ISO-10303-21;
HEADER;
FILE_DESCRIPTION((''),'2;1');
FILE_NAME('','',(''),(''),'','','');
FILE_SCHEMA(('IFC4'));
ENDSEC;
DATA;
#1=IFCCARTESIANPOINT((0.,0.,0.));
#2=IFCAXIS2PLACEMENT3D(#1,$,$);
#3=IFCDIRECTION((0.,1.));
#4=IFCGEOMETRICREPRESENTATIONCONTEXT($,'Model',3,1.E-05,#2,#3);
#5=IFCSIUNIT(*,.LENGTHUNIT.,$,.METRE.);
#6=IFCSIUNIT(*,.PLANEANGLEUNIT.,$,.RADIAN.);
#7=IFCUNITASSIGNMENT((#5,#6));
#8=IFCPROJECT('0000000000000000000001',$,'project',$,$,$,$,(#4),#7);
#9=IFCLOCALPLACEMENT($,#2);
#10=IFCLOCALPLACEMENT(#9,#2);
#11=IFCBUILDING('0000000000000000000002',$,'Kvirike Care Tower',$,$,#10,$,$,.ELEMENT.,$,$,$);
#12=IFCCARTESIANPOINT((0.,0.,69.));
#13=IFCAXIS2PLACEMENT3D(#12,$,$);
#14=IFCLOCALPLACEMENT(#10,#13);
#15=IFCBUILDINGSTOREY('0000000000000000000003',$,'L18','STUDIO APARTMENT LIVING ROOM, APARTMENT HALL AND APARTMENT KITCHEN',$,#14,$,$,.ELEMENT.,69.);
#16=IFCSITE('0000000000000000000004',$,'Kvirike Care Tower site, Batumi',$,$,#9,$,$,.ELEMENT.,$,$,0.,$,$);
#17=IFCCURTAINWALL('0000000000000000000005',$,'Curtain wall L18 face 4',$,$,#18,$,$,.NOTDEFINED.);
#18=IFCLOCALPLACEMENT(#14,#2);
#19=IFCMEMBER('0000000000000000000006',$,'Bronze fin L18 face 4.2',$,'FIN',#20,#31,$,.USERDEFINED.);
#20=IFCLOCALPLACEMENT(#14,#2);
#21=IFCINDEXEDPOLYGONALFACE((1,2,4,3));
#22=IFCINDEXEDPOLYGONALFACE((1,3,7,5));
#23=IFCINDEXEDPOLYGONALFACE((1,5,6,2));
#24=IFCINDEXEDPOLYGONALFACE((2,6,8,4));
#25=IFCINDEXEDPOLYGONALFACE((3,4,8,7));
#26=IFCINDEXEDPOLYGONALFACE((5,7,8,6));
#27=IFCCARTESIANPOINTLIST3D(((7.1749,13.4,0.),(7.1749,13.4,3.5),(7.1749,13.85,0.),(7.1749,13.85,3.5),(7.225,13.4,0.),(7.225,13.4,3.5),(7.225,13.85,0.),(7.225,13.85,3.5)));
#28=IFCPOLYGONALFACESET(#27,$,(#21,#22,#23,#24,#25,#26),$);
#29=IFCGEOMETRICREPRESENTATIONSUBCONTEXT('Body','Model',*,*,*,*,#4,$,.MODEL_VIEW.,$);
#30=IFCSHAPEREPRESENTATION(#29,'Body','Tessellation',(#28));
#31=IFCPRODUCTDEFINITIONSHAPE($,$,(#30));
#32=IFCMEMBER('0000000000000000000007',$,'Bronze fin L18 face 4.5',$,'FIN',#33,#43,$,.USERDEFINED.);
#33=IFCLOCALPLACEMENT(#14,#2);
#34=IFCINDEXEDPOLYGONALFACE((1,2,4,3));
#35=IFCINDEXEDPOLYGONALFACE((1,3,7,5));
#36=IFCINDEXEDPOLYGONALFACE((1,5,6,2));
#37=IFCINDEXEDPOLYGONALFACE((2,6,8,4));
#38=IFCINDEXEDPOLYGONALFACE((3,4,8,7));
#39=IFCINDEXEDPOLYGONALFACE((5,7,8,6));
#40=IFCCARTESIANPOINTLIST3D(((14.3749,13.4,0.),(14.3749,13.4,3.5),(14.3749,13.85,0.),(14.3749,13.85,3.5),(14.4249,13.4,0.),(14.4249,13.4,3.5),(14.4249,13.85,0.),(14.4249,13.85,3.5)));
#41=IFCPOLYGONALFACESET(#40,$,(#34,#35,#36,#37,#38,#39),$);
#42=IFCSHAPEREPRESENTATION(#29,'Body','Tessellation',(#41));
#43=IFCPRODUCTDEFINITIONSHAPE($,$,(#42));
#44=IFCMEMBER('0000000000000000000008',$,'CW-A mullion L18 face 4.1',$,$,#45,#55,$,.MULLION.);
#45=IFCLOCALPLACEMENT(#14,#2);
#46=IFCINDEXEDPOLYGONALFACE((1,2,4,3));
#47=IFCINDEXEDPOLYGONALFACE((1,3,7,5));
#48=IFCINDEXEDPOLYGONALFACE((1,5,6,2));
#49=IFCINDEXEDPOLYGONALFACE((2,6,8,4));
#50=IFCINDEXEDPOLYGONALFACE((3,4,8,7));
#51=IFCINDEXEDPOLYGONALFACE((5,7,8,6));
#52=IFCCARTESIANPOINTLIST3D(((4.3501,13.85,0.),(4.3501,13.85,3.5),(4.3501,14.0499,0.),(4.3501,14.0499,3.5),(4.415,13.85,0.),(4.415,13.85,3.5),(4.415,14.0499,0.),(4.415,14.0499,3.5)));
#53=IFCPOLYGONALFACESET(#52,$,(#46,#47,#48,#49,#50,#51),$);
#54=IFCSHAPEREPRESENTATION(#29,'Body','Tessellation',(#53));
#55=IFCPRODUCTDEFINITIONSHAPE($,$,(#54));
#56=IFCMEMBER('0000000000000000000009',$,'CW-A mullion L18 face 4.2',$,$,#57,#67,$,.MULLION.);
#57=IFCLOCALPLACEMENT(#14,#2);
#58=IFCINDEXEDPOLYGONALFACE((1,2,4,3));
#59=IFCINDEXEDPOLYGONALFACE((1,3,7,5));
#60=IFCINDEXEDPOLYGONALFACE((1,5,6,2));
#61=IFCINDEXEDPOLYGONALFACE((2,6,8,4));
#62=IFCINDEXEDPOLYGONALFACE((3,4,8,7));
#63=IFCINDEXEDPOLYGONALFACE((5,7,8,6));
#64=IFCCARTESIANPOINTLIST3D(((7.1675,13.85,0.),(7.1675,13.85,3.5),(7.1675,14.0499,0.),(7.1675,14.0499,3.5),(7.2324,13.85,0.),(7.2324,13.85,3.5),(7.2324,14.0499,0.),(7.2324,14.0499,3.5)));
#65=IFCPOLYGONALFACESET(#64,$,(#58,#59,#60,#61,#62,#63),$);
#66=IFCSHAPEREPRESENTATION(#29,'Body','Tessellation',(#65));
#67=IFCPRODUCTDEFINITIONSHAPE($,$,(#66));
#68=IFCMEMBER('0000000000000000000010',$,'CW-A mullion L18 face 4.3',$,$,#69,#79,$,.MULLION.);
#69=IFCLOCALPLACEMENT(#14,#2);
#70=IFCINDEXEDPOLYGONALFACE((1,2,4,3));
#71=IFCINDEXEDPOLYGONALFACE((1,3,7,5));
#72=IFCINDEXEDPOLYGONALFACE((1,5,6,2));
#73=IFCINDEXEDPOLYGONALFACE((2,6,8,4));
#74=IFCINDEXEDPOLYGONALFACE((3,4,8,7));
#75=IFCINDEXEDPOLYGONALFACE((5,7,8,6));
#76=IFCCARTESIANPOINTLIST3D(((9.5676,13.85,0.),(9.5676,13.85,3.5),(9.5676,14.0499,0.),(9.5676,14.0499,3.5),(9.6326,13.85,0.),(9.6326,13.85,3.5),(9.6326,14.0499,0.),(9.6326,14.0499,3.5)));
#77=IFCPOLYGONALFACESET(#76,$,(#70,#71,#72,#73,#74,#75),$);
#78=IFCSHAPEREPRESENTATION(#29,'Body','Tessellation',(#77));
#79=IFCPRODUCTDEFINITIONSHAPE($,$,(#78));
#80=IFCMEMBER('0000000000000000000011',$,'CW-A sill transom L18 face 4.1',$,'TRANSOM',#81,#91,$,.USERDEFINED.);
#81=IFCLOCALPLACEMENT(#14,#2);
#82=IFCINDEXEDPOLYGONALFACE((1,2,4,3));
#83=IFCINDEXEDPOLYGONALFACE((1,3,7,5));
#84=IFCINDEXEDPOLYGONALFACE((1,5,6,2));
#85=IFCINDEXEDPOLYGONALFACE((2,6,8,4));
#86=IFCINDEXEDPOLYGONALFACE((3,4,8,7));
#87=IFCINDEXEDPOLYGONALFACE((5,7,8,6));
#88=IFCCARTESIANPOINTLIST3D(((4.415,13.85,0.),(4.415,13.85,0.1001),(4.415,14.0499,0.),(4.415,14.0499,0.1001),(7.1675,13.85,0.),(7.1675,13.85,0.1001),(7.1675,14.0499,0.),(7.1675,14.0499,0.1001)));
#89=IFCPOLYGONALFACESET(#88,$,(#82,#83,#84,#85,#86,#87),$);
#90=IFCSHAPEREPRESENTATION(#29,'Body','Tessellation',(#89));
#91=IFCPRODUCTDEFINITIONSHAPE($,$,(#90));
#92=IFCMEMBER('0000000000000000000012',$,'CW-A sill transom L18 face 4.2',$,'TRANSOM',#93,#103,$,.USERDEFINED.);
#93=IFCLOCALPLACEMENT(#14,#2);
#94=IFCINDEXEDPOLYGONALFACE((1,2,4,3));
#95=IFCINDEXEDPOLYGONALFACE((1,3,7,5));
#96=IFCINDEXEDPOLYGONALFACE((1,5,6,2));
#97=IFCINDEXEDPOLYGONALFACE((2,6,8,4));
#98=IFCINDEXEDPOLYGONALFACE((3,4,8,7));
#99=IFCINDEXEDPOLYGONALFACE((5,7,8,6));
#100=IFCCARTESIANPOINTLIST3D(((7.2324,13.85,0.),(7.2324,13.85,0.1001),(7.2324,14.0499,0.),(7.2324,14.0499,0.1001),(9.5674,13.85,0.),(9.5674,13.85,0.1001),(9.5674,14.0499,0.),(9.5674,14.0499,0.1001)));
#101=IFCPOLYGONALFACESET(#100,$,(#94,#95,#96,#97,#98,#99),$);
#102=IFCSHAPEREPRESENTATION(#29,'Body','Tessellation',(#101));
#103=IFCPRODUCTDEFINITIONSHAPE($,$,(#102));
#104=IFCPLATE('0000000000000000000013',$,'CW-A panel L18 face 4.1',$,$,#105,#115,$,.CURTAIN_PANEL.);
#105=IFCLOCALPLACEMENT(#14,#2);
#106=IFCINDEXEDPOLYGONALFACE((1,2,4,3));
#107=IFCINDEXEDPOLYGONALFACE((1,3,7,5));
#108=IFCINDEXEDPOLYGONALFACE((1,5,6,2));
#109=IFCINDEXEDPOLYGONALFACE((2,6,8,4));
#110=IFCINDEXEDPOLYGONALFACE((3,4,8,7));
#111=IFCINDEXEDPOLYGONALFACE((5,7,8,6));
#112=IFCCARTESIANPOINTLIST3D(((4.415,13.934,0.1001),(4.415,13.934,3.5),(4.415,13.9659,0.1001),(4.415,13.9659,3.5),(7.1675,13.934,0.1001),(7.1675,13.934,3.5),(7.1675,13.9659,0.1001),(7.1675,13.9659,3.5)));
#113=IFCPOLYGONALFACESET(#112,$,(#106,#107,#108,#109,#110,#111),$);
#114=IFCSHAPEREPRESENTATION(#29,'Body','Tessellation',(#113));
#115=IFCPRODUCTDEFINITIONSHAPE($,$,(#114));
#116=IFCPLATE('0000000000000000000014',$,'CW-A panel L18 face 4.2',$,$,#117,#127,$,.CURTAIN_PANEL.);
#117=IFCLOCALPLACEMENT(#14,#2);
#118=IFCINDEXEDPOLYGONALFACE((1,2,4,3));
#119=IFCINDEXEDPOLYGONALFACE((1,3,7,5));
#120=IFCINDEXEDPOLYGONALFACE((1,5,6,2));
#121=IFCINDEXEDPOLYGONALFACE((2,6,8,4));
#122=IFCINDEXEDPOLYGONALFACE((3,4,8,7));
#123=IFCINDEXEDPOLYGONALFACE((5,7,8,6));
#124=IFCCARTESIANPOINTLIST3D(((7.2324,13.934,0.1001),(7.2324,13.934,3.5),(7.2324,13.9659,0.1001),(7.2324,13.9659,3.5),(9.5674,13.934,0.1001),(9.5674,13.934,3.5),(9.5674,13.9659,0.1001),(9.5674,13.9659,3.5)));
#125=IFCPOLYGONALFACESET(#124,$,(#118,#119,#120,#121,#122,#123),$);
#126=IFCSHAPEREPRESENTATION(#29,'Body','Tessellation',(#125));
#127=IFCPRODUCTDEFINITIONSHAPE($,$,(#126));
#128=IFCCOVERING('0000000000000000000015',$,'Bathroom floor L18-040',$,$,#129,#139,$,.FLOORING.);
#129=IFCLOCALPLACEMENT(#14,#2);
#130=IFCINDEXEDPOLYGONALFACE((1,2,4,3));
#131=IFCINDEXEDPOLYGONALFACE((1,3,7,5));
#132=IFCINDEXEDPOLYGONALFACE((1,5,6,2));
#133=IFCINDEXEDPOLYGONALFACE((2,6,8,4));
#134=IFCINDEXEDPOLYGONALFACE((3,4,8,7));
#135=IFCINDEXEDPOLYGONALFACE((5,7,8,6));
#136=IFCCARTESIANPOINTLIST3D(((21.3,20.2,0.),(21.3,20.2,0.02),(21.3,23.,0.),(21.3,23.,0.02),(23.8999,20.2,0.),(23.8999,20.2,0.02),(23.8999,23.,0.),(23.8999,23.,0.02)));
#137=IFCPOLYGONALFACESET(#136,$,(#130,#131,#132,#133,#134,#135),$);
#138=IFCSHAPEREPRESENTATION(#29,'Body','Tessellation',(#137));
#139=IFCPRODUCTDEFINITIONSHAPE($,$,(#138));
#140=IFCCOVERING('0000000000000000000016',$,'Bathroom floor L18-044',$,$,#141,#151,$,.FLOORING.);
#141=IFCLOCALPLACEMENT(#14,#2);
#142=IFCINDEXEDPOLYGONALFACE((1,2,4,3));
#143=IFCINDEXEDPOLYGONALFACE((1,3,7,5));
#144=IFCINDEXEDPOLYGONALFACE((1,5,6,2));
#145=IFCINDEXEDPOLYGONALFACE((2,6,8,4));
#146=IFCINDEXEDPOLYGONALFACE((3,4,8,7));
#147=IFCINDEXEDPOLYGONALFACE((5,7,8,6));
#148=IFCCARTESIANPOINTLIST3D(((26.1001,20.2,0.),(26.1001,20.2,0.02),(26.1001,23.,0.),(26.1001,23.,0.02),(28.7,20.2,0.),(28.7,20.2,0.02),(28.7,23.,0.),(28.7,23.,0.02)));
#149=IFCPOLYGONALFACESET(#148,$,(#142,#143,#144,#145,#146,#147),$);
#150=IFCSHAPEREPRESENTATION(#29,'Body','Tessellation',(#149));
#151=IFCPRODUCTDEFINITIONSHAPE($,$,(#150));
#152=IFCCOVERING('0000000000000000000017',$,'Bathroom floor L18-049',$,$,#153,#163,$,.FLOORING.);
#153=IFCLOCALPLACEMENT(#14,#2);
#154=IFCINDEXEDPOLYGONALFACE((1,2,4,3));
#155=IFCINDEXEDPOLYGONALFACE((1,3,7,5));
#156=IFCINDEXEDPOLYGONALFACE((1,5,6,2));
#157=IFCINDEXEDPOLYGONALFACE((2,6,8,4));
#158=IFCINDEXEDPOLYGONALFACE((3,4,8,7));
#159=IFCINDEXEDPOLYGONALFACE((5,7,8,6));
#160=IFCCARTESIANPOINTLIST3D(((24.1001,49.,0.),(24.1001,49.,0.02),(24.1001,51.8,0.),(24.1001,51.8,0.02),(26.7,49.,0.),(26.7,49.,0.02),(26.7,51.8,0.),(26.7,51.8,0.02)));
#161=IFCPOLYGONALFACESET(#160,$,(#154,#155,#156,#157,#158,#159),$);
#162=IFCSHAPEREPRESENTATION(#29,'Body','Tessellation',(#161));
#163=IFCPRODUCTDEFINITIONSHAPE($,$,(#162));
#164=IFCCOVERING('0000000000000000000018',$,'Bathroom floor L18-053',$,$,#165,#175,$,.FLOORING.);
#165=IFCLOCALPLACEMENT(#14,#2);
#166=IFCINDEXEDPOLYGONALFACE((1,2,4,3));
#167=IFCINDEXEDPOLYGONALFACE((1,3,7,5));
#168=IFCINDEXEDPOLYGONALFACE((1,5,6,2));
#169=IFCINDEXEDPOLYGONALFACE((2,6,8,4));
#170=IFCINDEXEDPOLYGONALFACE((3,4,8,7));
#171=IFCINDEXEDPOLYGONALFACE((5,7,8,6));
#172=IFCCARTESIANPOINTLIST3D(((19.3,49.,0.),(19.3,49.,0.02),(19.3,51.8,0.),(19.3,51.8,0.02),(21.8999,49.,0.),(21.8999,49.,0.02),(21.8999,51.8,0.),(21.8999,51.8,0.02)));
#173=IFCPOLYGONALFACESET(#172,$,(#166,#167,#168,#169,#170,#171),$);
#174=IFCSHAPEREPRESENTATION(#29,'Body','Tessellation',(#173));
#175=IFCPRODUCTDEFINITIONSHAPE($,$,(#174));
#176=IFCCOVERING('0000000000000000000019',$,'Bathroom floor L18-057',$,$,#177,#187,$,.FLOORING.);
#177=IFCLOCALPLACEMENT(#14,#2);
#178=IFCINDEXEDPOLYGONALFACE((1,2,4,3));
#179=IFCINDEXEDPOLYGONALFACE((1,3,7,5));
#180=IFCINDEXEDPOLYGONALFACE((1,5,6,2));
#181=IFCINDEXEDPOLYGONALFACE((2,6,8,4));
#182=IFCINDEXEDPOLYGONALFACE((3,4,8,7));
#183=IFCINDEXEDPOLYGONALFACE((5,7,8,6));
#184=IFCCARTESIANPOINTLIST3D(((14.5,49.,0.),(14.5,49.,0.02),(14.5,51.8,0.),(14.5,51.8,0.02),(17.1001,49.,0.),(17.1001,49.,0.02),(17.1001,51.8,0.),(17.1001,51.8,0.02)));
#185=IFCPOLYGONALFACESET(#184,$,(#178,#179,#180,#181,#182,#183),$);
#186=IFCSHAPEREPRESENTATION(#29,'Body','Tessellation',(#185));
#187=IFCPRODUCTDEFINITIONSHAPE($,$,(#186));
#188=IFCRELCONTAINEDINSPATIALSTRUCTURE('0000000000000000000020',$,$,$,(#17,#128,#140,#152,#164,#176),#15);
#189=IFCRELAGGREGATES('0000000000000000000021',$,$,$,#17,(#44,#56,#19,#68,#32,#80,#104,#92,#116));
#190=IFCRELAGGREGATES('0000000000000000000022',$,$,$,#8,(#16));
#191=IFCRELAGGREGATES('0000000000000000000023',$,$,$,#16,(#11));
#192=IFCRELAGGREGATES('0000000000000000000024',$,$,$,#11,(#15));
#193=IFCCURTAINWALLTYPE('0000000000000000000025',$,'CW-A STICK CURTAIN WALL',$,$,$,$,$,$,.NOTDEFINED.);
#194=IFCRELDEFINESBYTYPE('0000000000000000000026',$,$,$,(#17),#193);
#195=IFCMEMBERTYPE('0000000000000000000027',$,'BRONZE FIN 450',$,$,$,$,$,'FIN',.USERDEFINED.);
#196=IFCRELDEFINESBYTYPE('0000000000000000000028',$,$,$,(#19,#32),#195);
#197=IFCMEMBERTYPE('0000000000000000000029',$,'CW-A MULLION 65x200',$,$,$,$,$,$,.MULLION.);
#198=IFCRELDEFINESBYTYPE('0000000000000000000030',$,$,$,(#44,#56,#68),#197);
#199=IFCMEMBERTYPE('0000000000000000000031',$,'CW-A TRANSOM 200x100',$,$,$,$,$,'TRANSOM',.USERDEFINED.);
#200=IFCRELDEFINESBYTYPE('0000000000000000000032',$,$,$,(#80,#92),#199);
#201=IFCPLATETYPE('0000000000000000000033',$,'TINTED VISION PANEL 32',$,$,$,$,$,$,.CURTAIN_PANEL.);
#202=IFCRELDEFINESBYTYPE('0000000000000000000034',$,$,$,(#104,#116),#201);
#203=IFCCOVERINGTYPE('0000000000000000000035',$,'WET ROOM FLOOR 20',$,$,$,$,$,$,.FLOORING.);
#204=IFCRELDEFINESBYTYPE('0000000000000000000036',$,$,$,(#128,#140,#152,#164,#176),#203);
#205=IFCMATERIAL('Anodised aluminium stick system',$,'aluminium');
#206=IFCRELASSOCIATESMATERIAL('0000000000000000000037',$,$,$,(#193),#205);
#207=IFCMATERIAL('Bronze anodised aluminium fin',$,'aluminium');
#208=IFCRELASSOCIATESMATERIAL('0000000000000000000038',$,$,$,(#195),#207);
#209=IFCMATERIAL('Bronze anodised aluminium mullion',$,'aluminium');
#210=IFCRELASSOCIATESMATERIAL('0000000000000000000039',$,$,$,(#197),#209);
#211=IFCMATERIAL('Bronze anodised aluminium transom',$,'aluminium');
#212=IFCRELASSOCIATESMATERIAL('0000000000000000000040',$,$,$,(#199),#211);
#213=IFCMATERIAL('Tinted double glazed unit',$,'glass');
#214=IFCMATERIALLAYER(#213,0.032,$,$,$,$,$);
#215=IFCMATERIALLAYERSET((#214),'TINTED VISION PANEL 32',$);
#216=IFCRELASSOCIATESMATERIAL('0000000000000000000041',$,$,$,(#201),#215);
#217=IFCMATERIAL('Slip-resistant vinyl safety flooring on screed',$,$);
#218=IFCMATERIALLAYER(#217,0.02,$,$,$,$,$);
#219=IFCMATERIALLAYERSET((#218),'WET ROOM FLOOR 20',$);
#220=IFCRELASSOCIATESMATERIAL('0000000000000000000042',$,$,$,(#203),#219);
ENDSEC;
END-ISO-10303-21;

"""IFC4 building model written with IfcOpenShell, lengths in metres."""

from ifc_helpers import new_model, si_unit, direction, frame, origin, origin_2d, place, context, subcontext, project, spatial, polyline, rectangle, outline, extrude, material, layer, layer_set, material_profile, profile_set, type_object, element, aggregate, save


model = new_model("IFC4")

# Units and contexts
model_context = context("Model", 3, precision=1e-05, world=origin(), true_north=direction((0.0, 1.0)))
body_context = subcontext(model_context, "Body", "Model", "MODEL_VIEW")
ifc_project = project(units=[si_unit("LENGTHUNIT", "METRE"), si_unit("PLANEANGLEUNIT", "RADIAN")], contexts=[model_context])

# Site, building, storey
site_placement = place(None, origin())
site = spatial("IfcSite", under=ifc_project, at=site_placement, Name="Kvirike Care Tower site, Batumi", CompositionType="ELEMENT", RefElevation=0.0)
building_placement = place(site_placement, origin())
building = spatial("IfcBuilding", under=site, at=building_placement, Name="Kvirike Care Tower", CompositionType="ELEMENT")
storey_placement = place(building_placement, frame((0.0, 0.0, 69.0)))
storey = spatial("IfcBuildingStorey", under=building, at=storey_placement, Name="L18", Description="STUDIO APARTMENT LIVING ROOM, APARTMENT HALL AND APARTMENT KITCHEN", CompositionType="ELEMENT", Elevation=69.0)

# Curtain wall, members, plates
ifc_material_1 = material(Name="Anodised aluminium stick system", Category="aluminium")
curtain_wall_type = type_object("IfcCurtainWallType", Name="CW-A STICK CURTAIN WALL", PredefinedType="NOTDEFINED", material=ifc_material_1)
curtain_wall_placement = place(storey_placement, origin())
curtain_wall = element("IfcCurtainWall", 1, at=curtain_wall_placement, inside=storey, type_object=curtain_wall_type, Name="Curtain wall L18 face 4", PredefinedType="NOTDEFINED")
ifc_material_2 = material(Name="Bronze anodised aluminium fin", Category="aluminium")
ifc_material_profile_1 = material_profile(ifc_material_2, rectangle(XDim=0.05, YDim=0.45, at=origin_2d()), Name="BRONZE FIN 450")
ifc_profile_set_1 = profile_set([ifc_material_profile_1], Name="Bronze anodised aluminium fin")
member_type_1 = type_object("IfcMemberType", Name="BRONZE FIN 450", ElementType="FIN", PredefinedType="USERDEFINED", material=ifc_profile_set_1)
member_1_placement = place(storey_placement, frame((7.2, 13.625, 0.0), z_axis=(0.0, 0.0, 1.0), x_axis=(1.0, 0.0, 0.0)))
member_1 = element("IfcMember", 2, at=member_1_placement, type_object=member_type_1, Name="Bronze fin L18 face 4.2", ObjectType="FIN", PredefinedType="USERDEFINED", context=body_context, shape_type="SweptSolid", body=[
    extrude(rectangle(XDim=0.05, YDim=0.45, at=origin_2d()), origin(), (0.0, 0.0, 1.0), 3.5),
])
member_2_placement = place(storey_placement, frame((14.3999, 13.625, 0.0), z_axis=(0.0, 0.0, 1.0), x_axis=(1.0, 0.0, 0.0)))
member_2 = element("IfcMember", 3, at=member_2_placement, type_object=member_type_1, Name="Bronze fin L18 face 4.5", ObjectType="FIN", PredefinedType="USERDEFINED", context=body_context, shape_type="SweptSolid", body=[
    extrude(rectangle(XDim=0.05, YDim=0.45, at=origin_2d()), origin(), (0.0, 0.0, 1.0), 3.5),
])
ifc_material_3 = material(Name="Bronze anodised aluminium mullion", Category="aluminium")
ifc_material_profile_2 = material_profile(ifc_material_3, rectangle(XDim=0.0649, YDim=0.2, at=origin_2d()), Name="CW-A MULLION 65x200")
ifc_profile_set_2 = profile_set([ifc_material_profile_2], Name="Bronze anodised aluminium mullion")
member_type_2 = type_object("IfcMemberType", Name="CW-A MULLION 65x200", PredefinedType="MULLION", material=ifc_profile_set_2)
member_3_placement = place(storey_placement, frame((4.3826, 13.95, 0.0), z_axis=(0.0, 0.0, 1.0), x_axis=(1.0, 0.0, 0.0)))
member_3 = element("IfcMember", 4, at=member_3_placement, type_object=member_type_2, Name="CW-A mullion L18 face 4.1", PredefinedType="MULLION", context=body_context, shape_type="SweptSolid", body=[
    extrude(rectangle(XDim=0.0649, YDim=0.2, at=origin_2d()), origin(), (0.0, 0.0, 1.0), 3.5),
])
member_4_placement = place(storey_placement, frame((7.2, 13.95, 0.0), z_axis=(0.0, 0.0, 1.0), x_axis=(1.0, 0.0, 0.0)))
member_4 = element("IfcMember", 5, at=member_4_placement, type_object=member_type_2, Name="CW-A mullion L18 face 4.2", PredefinedType="MULLION", context=body_context, shape_type="SweptSolid", body=[
    extrude(rectangle(XDim=0.0649, YDim=0.2, at=origin_2d()), origin(), (0.0, 0.0, 1.0), 3.5),
])
member_5_placement = place(storey_placement, frame((9.6001, 13.95, 0.0), z_axis=(0.0, 0.0, 1.0), x_axis=(1.0, 0.0, 0.0)))
member_5 = element("IfcMember", 6, at=member_5_placement, type_object=member_type_2, Name="CW-A mullion L18 face 4.3", PredefinedType="MULLION", context=body_context, shape_type="SweptSolid", body=[
    extrude(rectangle(XDim=0.0649, YDim=0.2, at=origin_2d()), origin(), (0.0, 0.0, 1.0), 3.5),
])
ifc_material_4 = material(Name="Bronze anodised aluminium transom", Category="aluminium")
ifc_material_profile_3 = material_profile(ifc_material_4, rectangle(XDim=0.2, YDim=0.1001, at=origin_2d()), Name="CW-A TRANSOM 200x100")
ifc_profile_set_3 = profile_set([ifc_material_profile_3], Name="Bronze anodised aluminium transom")
member_type_3 = type_object("IfcMemberType", Name="CW-A TRANSOM 200x100", ElementType="TRANSOM", PredefinedType="USERDEFINED", material=ifc_profile_set_3)
member_6_placement = place(storey_placement, frame((4.415, 13.95, 0.05), z_axis=(1.0, 0.0, 0.0), x_axis=(0.0, 1.0, 0.0)))
member_6 = element("IfcMember", 7, at=member_6_placement, type_object=member_type_3, Name="CW-A sill transom L18 face 4.1", ObjectType="TRANSOM", PredefinedType="USERDEFINED", context=body_context, shape_type="SweptSolid", body=[
    extrude(rectangle(XDim=0.2, YDim=0.1001, at=origin_2d()), origin(), (0.0, 0.0, 1.0), 2.7524),
])
member_7_placement = place(storey_placement, frame((7.2324, 13.95, 0.05), z_axis=(1.0, 0.0, 0.0), x_axis=(0.0, 1.0, 0.0)))
member_7 = element("IfcMember", 8, at=member_7_placement, type_object=member_type_3, Name="CW-A sill transom L18 face 4.2", ObjectType="TRANSOM", PredefinedType="USERDEFINED", context=body_context, shape_type="SweptSolid", body=[
    extrude(rectangle(XDim=0.2, YDim=0.1001, at=origin_2d()), origin(), (0.0, 0.0, 1.0), 2.335),
])
ifc_material_5 = material(Name="Tinted double glazed unit", Category="glass")
ifc_layer_1 = layer(ifc_material_5, 0.032)
ifc_layer_set_1 = layer_set([ifc_layer_1], Name="TINTED VISION PANEL 32")
plate_type = type_object("IfcPlateType", Name="TINTED VISION PANEL 32", PredefinedType="CURTAIN_PANEL", material=ifc_layer_set_1)
plate_1_placement = place(storey_placement, frame((5.7913, 13.95, 0.1001), z_axis=(0.0, 0.0, 1.0), x_axis=(1.0, 0.0, 0.0)))
plate_1 = element("IfcPlate", 9, at=plate_1_placement, type_object=plate_type, Name="CW-A panel L18 face 4.1", PredefinedType="CURTAIN_PANEL", context=body_context, shape_type="SweptSolid", body=[
    extrude(rectangle(XDim=2.7524, YDim=0.032, at=origin_2d()), origin(), (0.0, 0.0, 1.0), 3.3999),
])
plate_2_placement = place(storey_placement, frame((8.3999, 13.95, 0.1001), z_axis=(0.0, 0.0, 1.0), x_axis=(1.0, 0.0, 0.0)))
plate_2 = element("IfcPlate", 10, at=plate_2_placement, type_object=plate_type, Name="CW-A panel L18 face 4.2", PredefinedType="CURTAIN_PANEL", context=body_context, shape_type="SweptSolid", body=[
    extrude(rectangle(XDim=2.335, YDim=0.032, at=origin_2d()), origin(), (0.0, 0.0, 1.0), 3.3999),
])
aggregate(curtain_wall, [member_3, member_4, member_1, member_5, member_2, member_6, plate_1, member_7, plate_2])

# Coverings
ifc_material_6 = material(Name="Slip-resistant vinyl safety flooring on screed")
ifc_layer_2 = layer(ifc_material_6, 0.02)
ifc_layer_set_2 = layer_set([ifc_layer_2], Name="WET ROOM FLOOR 20")
covering_type = type_object("IfcCoveringType", Name="WET ROOM FLOOR 20", PredefinedType="FLOORING", material=ifc_layer_set_2)
covering_1_placement = place(storey_placement, origin())
element("IfcCovering", 11, at=covering_1_placement, inside=storey, type_object=covering_type, Name="Bathroom floor L18-040", PredefinedType="FLOORING", context=body_context, shape_type="SweptSolid", body=[
    extrude(outline(polyline([(21.3, 20.2), (21.3, 23.0), (23.8999, 23.0), (23.8999, 20.2), (21.3, 20.2)])), origin(), (0.0, 0.0, 1.0), 0.02),
])
covering_2_placement = place(storey_placement, origin())
element("IfcCovering", 12, at=covering_2_placement, inside=storey, type_object=covering_type, Name="Bathroom floor L18-044", PredefinedType="FLOORING", context=body_context, shape_type="SweptSolid", body=[
    extrude(outline(polyline([(26.1001, 20.2), (26.1001, 23.0), (28.7, 23.0), (28.7, 20.2), (26.1001, 20.2)])), origin(), (0.0, 0.0, 1.0), 0.02),
])
covering_3_placement = place(storey_placement, origin())
element("IfcCovering", 13, at=covering_3_placement, inside=storey, type_object=covering_type, Name="Bathroom floor L18-049", PredefinedType="FLOORING", context=body_context, shape_type="SweptSolid", body=[
    extrude(outline(polyline([(26.7, 51.8), (26.7, 49.0), (24.1001, 49.0), (24.1001, 51.8), (26.7, 51.8)])), origin(), (0.0, 0.0, 1.0), 0.02),
])
covering_4_placement = place(storey_placement, origin())
element("IfcCovering", 14, at=covering_4_placement, inside=storey, type_object=covering_type, Name="Bathroom floor L18-053", PredefinedType="FLOORING", context=body_context, shape_type="SweptSolid", body=[
    extrude(outline(polyline([(21.8999, 51.8), (21.8999, 49.0), (19.3, 49.0), (19.3, 51.8), (21.8999, 51.8)])), origin(), (0.0, 0.0, 1.0), 0.02),
])
covering_5_placement = place(storey_placement, origin())
element("IfcCovering", 15, at=covering_5_placement, inside=storey, type_object=covering_type, Name="Bathroom floor L18-057", PredefinedType="FLOORING", context=body_context, shape_type="SweptSolid", body=[
    extrude(outline(polyline([(17.1001, 51.8), (17.1001, 49.0), (14.5, 49.0), (14.5, 51.8), (17.1001, 51.8)])), origin(), (0.0, 0.0, 1.0), 0.02),
])

save(model, "model.ifc")
